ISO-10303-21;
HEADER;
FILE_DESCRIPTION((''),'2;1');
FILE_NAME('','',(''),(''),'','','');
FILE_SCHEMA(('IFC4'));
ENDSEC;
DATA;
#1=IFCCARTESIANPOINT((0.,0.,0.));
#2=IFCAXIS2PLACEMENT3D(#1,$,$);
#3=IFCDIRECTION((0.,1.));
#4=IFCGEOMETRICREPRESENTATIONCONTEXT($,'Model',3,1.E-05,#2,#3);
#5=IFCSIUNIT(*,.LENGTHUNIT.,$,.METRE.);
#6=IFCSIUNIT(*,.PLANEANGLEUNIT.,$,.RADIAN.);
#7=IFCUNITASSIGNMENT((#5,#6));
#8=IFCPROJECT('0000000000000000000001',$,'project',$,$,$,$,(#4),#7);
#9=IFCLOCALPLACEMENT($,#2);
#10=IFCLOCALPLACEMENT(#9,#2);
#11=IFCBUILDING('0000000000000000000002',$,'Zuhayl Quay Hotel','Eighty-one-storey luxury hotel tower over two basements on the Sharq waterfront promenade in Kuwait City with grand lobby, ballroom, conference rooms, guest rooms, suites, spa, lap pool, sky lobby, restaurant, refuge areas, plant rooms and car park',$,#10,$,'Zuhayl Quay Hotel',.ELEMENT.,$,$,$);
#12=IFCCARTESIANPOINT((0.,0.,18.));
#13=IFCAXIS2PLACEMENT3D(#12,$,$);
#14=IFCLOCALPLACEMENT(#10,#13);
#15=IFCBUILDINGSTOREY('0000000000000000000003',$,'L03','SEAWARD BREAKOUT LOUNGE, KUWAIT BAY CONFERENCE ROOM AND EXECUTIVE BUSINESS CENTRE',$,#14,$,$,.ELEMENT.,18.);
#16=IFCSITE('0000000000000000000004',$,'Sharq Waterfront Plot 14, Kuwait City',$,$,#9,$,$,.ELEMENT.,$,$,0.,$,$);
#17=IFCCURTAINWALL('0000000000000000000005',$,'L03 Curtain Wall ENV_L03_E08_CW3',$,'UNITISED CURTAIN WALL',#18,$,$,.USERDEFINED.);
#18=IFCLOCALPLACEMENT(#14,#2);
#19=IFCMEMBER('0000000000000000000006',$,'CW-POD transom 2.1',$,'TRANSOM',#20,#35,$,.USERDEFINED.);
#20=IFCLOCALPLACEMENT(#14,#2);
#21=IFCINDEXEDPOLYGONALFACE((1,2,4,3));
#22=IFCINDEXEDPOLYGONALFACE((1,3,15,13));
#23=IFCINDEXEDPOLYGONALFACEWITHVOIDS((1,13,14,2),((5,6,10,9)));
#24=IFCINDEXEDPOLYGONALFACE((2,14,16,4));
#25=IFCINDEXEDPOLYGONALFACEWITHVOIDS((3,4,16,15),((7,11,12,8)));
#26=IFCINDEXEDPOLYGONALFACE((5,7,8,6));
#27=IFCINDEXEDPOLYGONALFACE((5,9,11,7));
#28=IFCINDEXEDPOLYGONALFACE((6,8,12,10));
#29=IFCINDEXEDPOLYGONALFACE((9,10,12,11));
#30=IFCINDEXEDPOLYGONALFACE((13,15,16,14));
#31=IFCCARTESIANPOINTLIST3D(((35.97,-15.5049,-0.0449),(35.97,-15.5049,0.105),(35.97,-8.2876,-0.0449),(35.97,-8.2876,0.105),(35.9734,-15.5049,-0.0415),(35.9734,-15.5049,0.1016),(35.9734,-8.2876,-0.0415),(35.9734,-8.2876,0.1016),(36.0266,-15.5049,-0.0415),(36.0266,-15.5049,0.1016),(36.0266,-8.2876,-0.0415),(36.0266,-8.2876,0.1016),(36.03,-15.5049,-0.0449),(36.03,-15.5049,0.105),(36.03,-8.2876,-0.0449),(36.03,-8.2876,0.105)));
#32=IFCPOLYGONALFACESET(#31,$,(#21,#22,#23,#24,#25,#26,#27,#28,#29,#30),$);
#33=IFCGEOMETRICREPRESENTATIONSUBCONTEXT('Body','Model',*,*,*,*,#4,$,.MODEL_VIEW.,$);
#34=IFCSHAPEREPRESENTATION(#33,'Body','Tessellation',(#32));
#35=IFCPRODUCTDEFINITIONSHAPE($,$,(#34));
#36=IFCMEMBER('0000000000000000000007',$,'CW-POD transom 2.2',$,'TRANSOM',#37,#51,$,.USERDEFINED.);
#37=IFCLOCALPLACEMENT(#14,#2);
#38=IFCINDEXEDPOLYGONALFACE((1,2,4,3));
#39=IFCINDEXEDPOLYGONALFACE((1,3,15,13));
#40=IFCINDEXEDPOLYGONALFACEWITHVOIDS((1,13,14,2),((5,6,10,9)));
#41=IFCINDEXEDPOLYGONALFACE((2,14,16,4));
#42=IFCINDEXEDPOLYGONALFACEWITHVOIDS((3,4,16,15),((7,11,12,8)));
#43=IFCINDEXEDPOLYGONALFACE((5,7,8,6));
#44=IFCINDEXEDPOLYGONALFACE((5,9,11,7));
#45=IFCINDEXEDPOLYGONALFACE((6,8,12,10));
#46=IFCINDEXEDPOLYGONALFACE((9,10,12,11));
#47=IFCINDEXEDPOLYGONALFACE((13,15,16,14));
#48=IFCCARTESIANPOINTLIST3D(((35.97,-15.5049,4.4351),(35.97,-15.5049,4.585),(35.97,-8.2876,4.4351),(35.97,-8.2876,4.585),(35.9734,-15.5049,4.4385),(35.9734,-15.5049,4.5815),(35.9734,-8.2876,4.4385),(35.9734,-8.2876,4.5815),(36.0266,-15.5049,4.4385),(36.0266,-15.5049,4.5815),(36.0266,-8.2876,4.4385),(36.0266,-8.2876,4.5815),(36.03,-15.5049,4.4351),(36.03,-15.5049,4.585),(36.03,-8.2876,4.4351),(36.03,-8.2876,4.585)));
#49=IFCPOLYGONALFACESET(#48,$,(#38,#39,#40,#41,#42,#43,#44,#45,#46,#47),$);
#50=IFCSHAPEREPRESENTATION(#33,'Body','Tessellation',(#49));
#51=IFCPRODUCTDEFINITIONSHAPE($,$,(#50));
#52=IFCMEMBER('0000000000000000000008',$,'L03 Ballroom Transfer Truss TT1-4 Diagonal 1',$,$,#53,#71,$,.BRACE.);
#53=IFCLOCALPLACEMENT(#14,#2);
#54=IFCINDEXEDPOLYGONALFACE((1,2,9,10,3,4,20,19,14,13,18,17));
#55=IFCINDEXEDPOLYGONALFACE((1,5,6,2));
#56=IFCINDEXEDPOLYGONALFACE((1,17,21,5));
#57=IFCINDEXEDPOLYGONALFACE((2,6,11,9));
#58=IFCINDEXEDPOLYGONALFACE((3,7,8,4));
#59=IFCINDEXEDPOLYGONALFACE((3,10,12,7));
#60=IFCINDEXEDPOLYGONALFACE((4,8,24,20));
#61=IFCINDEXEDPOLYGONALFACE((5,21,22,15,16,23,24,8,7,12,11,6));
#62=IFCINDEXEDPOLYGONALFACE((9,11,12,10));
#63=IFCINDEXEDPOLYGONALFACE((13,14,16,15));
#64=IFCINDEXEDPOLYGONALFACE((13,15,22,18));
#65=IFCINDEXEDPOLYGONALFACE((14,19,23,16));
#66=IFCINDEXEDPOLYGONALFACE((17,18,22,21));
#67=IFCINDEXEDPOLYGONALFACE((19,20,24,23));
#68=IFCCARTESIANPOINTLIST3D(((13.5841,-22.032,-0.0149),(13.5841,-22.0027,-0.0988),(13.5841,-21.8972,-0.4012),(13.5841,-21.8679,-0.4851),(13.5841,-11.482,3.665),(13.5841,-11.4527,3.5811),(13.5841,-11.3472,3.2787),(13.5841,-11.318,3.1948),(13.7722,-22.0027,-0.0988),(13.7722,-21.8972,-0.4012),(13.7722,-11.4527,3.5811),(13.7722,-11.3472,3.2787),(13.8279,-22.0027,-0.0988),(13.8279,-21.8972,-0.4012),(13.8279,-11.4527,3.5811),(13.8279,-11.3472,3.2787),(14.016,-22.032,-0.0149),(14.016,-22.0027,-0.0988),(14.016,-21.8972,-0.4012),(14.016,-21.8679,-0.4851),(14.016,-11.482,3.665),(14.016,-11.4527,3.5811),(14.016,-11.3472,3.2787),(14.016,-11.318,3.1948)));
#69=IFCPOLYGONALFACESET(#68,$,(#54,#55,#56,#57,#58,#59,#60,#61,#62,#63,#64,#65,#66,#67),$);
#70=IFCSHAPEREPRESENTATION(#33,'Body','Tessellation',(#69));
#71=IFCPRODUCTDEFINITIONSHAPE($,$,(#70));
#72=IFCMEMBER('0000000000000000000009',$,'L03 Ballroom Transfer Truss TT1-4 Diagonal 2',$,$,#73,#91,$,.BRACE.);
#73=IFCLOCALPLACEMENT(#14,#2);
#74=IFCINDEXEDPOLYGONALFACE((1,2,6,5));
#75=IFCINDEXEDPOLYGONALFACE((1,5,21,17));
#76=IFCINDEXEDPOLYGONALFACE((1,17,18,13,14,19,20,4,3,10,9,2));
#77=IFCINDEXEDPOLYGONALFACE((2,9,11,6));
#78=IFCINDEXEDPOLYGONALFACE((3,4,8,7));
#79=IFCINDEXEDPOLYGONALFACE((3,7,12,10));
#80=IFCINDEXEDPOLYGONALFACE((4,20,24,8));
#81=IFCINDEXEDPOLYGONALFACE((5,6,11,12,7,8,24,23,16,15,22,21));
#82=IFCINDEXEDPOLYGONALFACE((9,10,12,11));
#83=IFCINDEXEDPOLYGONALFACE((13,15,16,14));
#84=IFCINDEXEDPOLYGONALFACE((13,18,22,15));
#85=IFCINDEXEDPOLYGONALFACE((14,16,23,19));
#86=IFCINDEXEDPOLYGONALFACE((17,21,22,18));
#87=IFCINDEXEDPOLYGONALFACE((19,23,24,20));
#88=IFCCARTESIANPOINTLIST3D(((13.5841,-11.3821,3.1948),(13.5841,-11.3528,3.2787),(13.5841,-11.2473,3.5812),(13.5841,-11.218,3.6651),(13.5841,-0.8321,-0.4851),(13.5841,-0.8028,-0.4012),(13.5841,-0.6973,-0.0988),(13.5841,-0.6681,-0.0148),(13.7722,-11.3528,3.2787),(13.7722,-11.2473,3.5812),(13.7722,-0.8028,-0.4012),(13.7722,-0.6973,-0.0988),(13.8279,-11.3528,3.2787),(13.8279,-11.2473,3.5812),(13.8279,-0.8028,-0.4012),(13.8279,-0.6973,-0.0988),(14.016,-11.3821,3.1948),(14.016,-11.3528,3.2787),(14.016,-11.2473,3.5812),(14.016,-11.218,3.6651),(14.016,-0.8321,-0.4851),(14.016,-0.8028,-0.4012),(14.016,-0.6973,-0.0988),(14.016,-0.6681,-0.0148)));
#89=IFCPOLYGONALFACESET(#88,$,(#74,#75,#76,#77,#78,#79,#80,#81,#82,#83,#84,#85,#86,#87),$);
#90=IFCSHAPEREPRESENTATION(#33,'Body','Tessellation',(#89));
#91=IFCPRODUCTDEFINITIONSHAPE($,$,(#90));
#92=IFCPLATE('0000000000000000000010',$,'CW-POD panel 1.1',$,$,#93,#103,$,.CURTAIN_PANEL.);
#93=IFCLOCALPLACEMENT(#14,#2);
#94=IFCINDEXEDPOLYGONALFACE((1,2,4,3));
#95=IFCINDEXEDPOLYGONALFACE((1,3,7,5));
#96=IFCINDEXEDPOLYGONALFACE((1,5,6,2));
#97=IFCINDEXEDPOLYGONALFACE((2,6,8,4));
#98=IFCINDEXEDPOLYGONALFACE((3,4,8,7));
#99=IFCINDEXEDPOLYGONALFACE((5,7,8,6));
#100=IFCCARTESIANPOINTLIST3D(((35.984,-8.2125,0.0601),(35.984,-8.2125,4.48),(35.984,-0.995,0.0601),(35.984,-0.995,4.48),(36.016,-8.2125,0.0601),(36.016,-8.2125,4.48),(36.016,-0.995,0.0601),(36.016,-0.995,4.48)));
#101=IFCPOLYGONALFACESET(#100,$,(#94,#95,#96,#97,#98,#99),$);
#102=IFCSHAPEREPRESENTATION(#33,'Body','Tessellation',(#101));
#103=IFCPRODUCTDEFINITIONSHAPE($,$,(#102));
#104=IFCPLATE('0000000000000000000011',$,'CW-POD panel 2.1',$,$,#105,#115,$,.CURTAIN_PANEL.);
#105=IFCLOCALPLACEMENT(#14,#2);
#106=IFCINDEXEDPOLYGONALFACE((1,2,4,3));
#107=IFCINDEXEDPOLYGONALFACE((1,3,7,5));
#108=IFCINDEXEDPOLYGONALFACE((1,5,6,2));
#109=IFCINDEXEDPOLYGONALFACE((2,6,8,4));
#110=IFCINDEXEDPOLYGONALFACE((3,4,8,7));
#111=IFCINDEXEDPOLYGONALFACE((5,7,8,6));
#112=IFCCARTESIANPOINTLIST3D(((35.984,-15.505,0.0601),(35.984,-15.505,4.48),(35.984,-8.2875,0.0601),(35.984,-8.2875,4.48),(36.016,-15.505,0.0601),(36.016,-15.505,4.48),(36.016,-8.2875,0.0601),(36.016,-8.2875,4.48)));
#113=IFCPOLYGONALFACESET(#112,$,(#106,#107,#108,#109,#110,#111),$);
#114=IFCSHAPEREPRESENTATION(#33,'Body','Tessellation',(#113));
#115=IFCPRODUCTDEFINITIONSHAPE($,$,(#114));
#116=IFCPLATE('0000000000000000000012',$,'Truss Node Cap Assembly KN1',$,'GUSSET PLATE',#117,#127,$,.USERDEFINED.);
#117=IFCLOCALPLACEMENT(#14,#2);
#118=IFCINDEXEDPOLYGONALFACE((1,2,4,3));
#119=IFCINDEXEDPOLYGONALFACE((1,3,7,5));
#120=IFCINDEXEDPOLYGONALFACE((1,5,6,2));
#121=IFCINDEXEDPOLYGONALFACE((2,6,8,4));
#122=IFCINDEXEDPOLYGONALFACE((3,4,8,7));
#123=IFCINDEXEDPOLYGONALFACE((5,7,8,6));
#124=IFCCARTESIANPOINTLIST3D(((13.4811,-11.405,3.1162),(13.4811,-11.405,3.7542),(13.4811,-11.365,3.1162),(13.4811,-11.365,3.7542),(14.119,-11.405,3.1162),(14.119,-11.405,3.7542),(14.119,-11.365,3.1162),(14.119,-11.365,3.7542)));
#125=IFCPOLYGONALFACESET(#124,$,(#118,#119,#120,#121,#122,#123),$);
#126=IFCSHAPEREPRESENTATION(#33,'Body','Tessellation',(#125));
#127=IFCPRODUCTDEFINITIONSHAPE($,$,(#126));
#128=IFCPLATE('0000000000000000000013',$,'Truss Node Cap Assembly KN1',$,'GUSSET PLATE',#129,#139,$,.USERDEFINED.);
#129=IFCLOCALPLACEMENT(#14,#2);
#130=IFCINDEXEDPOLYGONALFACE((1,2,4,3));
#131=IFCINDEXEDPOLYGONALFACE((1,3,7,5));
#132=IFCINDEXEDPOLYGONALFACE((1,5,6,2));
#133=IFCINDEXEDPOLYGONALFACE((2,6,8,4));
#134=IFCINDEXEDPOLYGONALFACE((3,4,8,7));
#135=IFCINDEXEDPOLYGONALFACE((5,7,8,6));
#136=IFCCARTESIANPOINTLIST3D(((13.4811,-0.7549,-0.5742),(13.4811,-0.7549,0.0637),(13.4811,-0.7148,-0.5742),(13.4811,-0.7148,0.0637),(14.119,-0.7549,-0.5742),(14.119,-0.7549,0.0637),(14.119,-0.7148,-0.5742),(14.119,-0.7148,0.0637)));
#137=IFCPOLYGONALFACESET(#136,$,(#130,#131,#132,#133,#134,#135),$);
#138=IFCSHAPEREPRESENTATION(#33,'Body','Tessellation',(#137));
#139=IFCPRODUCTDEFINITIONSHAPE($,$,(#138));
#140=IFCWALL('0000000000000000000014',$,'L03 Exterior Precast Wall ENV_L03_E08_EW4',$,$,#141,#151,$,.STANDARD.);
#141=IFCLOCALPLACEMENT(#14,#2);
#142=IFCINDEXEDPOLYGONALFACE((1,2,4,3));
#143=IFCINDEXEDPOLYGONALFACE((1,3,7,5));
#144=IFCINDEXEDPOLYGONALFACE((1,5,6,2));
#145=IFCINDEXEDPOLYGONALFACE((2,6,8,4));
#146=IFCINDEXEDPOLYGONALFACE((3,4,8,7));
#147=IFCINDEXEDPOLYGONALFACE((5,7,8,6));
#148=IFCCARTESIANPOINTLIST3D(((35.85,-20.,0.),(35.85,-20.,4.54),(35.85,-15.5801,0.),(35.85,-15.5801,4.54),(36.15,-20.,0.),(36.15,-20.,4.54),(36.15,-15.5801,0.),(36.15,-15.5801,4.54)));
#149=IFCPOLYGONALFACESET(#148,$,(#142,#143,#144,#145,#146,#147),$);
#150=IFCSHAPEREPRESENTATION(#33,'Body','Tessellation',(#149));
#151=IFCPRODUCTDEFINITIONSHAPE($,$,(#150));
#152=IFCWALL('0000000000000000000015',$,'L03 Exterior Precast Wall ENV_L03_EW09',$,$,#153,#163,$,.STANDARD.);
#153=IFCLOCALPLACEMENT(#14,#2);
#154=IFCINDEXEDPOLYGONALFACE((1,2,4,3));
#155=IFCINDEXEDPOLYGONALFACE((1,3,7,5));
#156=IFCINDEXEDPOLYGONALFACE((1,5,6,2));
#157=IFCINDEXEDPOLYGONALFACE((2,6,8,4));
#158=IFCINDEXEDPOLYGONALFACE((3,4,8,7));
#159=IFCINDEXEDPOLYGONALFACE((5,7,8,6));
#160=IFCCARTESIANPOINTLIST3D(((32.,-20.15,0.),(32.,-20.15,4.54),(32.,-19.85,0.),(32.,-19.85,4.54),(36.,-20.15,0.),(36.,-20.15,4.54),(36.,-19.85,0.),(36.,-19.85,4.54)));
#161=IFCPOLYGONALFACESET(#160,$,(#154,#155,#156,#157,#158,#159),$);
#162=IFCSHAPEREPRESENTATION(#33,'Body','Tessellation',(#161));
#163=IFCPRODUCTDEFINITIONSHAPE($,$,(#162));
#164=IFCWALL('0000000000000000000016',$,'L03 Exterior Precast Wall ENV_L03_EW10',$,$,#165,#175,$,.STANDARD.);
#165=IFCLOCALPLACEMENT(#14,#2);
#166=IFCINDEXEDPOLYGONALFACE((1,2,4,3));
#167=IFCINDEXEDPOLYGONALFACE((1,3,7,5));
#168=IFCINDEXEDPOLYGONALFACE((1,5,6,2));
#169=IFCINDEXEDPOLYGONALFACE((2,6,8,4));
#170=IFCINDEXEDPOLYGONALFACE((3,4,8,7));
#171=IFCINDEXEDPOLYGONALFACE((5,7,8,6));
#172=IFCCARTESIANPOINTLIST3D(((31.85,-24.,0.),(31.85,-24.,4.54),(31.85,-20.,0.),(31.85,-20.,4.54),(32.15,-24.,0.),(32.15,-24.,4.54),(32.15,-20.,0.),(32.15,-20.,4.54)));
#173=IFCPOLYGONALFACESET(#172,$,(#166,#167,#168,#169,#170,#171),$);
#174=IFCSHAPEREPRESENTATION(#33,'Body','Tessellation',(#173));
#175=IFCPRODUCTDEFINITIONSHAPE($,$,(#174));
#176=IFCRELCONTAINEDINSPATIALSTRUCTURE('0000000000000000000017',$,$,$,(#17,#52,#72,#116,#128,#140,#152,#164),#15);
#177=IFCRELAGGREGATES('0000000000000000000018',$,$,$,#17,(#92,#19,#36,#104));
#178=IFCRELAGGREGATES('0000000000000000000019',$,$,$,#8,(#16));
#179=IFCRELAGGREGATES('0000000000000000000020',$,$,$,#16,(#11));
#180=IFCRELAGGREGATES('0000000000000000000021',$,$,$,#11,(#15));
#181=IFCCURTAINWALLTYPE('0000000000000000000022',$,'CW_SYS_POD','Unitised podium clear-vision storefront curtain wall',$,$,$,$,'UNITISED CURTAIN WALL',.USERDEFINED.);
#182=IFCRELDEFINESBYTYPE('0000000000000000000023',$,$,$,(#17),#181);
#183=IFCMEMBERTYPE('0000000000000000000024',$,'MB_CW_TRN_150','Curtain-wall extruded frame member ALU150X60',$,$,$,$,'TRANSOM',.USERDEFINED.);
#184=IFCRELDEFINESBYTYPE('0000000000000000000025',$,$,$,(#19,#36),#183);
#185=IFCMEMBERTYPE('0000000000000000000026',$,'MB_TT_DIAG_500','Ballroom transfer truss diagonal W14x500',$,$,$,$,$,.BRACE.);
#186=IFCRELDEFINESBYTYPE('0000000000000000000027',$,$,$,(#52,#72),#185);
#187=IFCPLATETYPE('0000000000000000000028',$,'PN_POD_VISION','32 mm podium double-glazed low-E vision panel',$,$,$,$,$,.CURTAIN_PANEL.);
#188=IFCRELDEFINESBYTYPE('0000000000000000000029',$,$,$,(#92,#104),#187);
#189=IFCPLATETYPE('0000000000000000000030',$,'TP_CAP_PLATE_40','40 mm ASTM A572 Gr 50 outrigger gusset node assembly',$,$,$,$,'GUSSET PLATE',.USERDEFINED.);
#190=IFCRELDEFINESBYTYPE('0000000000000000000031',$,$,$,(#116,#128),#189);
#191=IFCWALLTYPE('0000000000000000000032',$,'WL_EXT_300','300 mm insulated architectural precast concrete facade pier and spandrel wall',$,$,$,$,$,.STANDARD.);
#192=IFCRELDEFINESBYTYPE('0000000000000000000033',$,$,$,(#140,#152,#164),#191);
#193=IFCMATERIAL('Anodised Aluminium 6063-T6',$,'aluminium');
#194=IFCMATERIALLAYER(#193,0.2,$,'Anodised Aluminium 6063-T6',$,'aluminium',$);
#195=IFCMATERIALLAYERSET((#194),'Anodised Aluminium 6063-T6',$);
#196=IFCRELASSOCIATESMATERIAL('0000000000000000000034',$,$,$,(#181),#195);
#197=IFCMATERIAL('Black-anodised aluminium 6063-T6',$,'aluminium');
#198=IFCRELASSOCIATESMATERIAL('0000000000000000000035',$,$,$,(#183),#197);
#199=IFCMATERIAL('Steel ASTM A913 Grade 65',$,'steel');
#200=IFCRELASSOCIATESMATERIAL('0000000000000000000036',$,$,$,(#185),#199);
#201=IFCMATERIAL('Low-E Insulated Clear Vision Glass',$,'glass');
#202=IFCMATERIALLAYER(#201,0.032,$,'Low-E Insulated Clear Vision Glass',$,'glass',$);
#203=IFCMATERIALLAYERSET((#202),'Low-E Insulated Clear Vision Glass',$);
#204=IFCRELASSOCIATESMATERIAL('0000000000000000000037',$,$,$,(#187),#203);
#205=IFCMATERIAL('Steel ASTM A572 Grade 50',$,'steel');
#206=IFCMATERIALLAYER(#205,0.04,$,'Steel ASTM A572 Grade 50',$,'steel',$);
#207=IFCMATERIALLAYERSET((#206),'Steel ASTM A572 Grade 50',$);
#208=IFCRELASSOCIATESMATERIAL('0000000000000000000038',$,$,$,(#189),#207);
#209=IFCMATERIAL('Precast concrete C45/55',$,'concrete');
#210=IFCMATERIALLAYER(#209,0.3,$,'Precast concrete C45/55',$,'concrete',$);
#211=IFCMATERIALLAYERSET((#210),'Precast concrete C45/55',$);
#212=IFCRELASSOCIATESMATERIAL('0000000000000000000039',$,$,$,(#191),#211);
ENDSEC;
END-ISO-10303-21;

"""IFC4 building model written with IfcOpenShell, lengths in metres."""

from ifc_helpers import new_model, si_unit, direction, frame, frame_2d, origin, origin_2d, place, context, subcontext, project, spatial, rectangle, hollow_rectangle, i_section, extrude, material, layer, layer_set, material_profile, profile_set, type_object, element, aggregate, save


model = new_model("IFC4")

# Units and contexts
model_context = context("Model", 3, precision=1e-05, world=origin(), true_north=direction((0.0, 1.0)))
body_context = subcontext(model_context, "Body", "Model", "MODEL_VIEW")
ifc_project = project(units=[si_unit("LENGTHUNIT", "METRE"), si_unit("PLANEANGLEUNIT", "RADIAN")], contexts=[model_context])

# Site, building, storey
site_placement = place(None, origin())
site = spatial("IfcSite", under=ifc_project, at=site_placement, Name="Sharq Waterfront Plot 14, Kuwait City", CompositionType="ELEMENT", RefElevation=0.0)
building_placement = place(site_placement, origin())
building = spatial("IfcBuilding", under=site, at=building_placement, Name="Zuhayl Quay Hotel", Description="Eighty-one-storey luxury hotel tower over two basements on the Sharq waterfront promenade in Kuwait City with grand lobby, ballroom, conference rooms, guest rooms, suites, spa, lap pool, sky lobby, restaurant, refuge areas, plant rooms and car park", LongName="Zuhayl Quay Hotel", CompositionType="ELEMENT")
storey_placement = place(building_placement, frame((0.0, 0.0, 18.0)))
storey = spatial("IfcBuildingStorey", under=building, at=storey_placement, Name="L03", Description="SEAWARD BREAKOUT LOUNGE, KUWAIT BAY CONFERENCE ROOM AND EXECUTIVE BUSINESS CENTRE", CompositionType="ELEMENT", Elevation=18.0)

# Shared definitions
ifc_material_1 = material(Name="Steel ASTM A913 Grade 65", Category="steel")

# Curtain wall, members
ifc_material_2 = material(Name="Anodised Aluminium 6063-T6", Category="aluminium")
ifc_layer_1 = layer(ifc_material_2, 0.2, Name="Anodised Aluminium 6063-T6", Category="aluminium")
ifc_layer_set_1 = layer_set([ifc_layer_1], Name="Anodised Aluminium 6063-T6")
curtain_wall_type = type_object("IfcCurtainWallType", Name="CW_SYS_POD", Description="Unitised podium clear-vision storefront curtain wall", ElementType="UNITISED CURTAIN WALL", PredefinedType="USERDEFINED", material=ifc_layer_set_1)
curtain_wall_placement = place(storey_placement, origin())
curtain_wall = element("IfcCurtainWall", 1, at=curtain_wall_placement, inside=storey, type_object=curtain_wall_type, Name="L03 Curtain Wall ENV_L03_E08_CW3", ObjectType="UNITISED CURTAIN WALL", PredefinedType="USERDEFINED")
ifc_material_3 = material(Name="Black-anodised aluminium 6063-T6", Category="aluminium")
ifc_material_profile_1 = material_profile(ifc_material_3, hollow_rectangle(XDim=0.0601, YDim=0.1499, WallThickness=0.0034, at=origin_2d()), Name="ALU150X60")
ifc_profile_set_1 = profile_set([ifc_material_profile_1], Name="Black-anodised aluminium 6063-T6")
member_type_1 = type_object("IfcMemberType", Name="MB_CW_TRN_150", Description="Curtain-wall extruded frame member ALU150X60", ElementType="TRANSOM", PredefinedType="USERDEFINED", material=ifc_profile_set_1)
member_1_placement = place(storey_placement, frame((36.0, -8.2876, 0.03), z_axis=(0.0, -1.0, 0.0), x_axis=(1.0, 0.0, 0.0)))
member_1 = element("IfcMember", 2, at=member_1_placement, type_object=member_type_1, Name="CW-POD transom 2.1", ObjectType="TRANSOM", PredefinedType="USERDEFINED", context=body_context, shape_type="SweptSolid", body=[
    extrude(hollow_rectangle(XDim=0.0601, YDim=0.1499, WallThickness=0.0034, at=origin_2d()), origin(), (0.0, 0.0, 1.0), 7.2173),
])
member_2_placement = place(storey_placement, frame((36.0, -8.2876, 4.51), z_axis=(0.0, -1.0, 0.0), x_axis=(1.0, 0.0, 0.0)))
member_2 = element("IfcMember", 3, at=member_2_placement, type_object=member_type_1, Name="CW-POD transom 2.2", ObjectType="TRANSOM", PredefinedType="USERDEFINED", context=body_context, shape_type="SweptSolid", body=[
    extrude(hollow_rectangle(XDim=0.0601, YDim=0.1499, WallThickness=0.0034, at=origin_2d()), origin(), (0.0, 0.0, 1.0), 7.2173),
])

# Members
ifc_material_profile_2 = material_profile(ifc_material_1, i_section(OverallWidth=0.4319, OverallDepth=0.498, WebThickness=0.0557, FlangeThickness=0.0889, at=origin_2d()), Name="W14X500")
ifc_profile_set_2 = profile_set([ifc_material_profile_2], Name="Steel ASTM A913 Grade 65")
member_type_2 = type_object("IfcMemberType", Name="MB_TT_DIAG_500", Description="Ballroom transfer truss diagonal W14x500", PredefinedType="BRACE", material=ifc_profile_set_2)
for number, where, z_axis, x_axis, name in (
    (4, (13.8, -21.95, -0.25), (0.0, 0.944209, 0.329347), (-1.0, 0.0, 0.0), "L03 Ballroom Transfer Truss TT1-4 Diagonal 1"),
    (5, (13.8, -11.3, 3.4299), (0.0, 0.944209, -0.329347), (-1.0, 0.0, 0.0), "L03 Ballroom Transfer Truss TT1-4 Diagonal 2"),
):
    element("IfcMember", number, at=place(storey_placement, frame(where, z_axis=z_axis, x_axis=x_axis)), inside=storey, type_object=member_type_2, Name=name, PredefinedType="BRACE", context=body_context, shape_type="SweptSolid", body=[
        extrude(i_section(OverallWidth=0.4319, OverallDepth=0.498, WebThickness=0.0557, FlangeThickness=0.0889, at=origin_2d()), origin(), (0.0, 0.0, 1.0), 11.1733),
    ])

# Plates
ifc_material_4 = material(Name="Low-E Insulated Clear Vision Glass", Category="glass")
ifc_layer_2 = layer(ifc_material_4, 0.032, Name="Low-E Insulated Clear Vision Glass", Category="glass")
ifc_layer_set_2 = layer_set([ifc_layer_2], Name="Low-E Insulated Clear Vision Glass")
plate_type_1 = type_object("IfcPlateType", Name="PN_POD_VISION", Description="32 mm podium double-glazed low-E vision panel", PredefinedType="CURTAIN_PANEL", material=ifc_layer_set_2)
plate_1_placement = place(storey_placement, frame((36.0, -4.6038, 0.0601), z_axis=(0.0, 0.0, 1.0), x_axis=(0.0, -1.0, 0.0)))
plate_1 = element("IfcPlate", 6, at=plate_1_placement, type_object=plate_type_1, Name="CW-POD panel 1.1", PredefinedType="CURTAIN_PANEL", context=body_context, shape_type="SweptSolid", body=[
    extrude(rectangle(XDim=7.2175, YDim=0.032, at=origin_2d()), origin(), (0.0, 0.0, 1.0), 4.4199),
])
plate_2_placement = place(storey_placement, frame((36.0, -11.8962, 0.0601), z_axis=(0.0, 0.0, 1.0), x_axis=(0.0, -1.0, 0.0)))
plate_2 = element("IfcPlate", 7, at=plate_2_placement, type_object=plate_type_1, Name="CW-POD panel 2.1", PredefinedType="CURTAIN_PANEL", context=body_context, shape_type="SweptSolid", body=[
    extrude(rectangle(XDim=7.2175, YDim=0.032, at=origin_2d()), origin(), (0.0, 0.0, 1.0), 4.4199),
])
aggregate(curtain_wall, [plate_1, member_1, member_2, plate_2])

# Plates
ifc_material_5 = material(Name="Steel ASTM A572 Grade 50", Category="steel")
ifc_layer_3 = layer(ifc_material_5, 0.04, Name="Steel ASTM A572 Grade 50", Category="steel")
ifc_layer_set_3 = layer_set([ifc_layer_3], Name="Steel ASTM A572 Grade 50")
plate_type_2 = type_object("IfcPlateType", Name="TP_CAP_PLATE_40", Description="40 mm ASTM A572 Gr 50 outrigger gusset node assembly", ElementType="GUSSET PLATE", PredefinedType="USERDEFINED", material=ifc_layer_set_3)
for number, where, z_axis, x_axis, name in (
    (8, (13.8, -11.385, 3.1162), (0.0, 0.0, 1.0), (0.0, 1.0, 0.0), "Truss Node Cap Assembly KN1"),
    (9, (13.8, -0.7349, -0.5742), (0.0, 0.0, 1.0), (0.0, 1.0, 0.0), "Truss Node Cap Assembly KN1"),
):
    element("IfcPlate", number, at=place(storey_placement, frame(where, z_axis=z_axis, x_axis=x_axis)), inside=storey, type_object=plate_type_2, Name=name, ObjectType="GUSSET PLATE", PredefinedType="USERDEFINED", context=body_context, shape_type="SweptSolid", body=[
        extrude(rectangle(XDim=0.04, YDim=0.6379, at=origin_2d()), origin(), (0.0, 0.0, 1.0), 0.6379),
    ])

# Walls
ifc_material_6 = material(Name="Precast concrete C45/55", Category="concrete")
ifc_layer_4 = layer(ifc_material_6, 0.3, Name="Precast concrete C45/55", Category="concrete")
ifc_layer_set_4 = layer_set([ifc_layer_4], Name="Precast concrete C45/55")
wall_type_1 = type_object("IfcWallType", Name="WL_EXT_300", Description="300 mm insulated architectural precast concrete facade pier and spandrel wall", PredefinedType="STANDARD", material=ifc_layer_set_4)
wall_1_placement = place(storey_placement, frame((36.0, -15.5801, 0.0), z_axis=(0.0, 0.0, 1.0), x_axis=(0.0, -1.0, 0.0)))
element("IfcWall", 10, at=wall_1_placement, inside=storey, type_object=wall_type_1, Name="L03 Exterior Precast Wall ENV_L03_E08_EW4", PredefinedType="STANDARD", context=body_context, shape_type="SweptSolid", body=[
    extrude(rectangle(XDim=4.4199, YDim=0.3, at=frame_2d((2.21, 0.0))), origin(), (0.0, 0.0, 1.0), 4.54),
])
for number, where, z_axis, x_axis, name in (
    (11, (36.0, -20.0, 0.0), (0.0, 0.0, 1.0), (-1.0, 0.0, 0.0), "L03 Exterior Precast Wall ENV_L03_EW09"),
    (12, (32.0, -20.0, 0.0), (0.0, 0.0, 1.0), (0.0, -1.0, 0.0), "L03 Exterior Precast Wall ENV_L03_EW10"),
):
    element("IfcWall", number, at=place(storey_placement, frame(where, z_axis=z_axis, x_axis=x_axis)), inside=storey, type_object=wall_type_1, Name=name, PredefinedType="STANDARD", context=body_context, shape_type="SweptSolid", body=[
        extrude(rectangle(XDim=4.0, YDim=0.3, at=frame_2d((2.0, 0.0))), origin(), (0.0, 0.0, 1.0), 4.54),
    ])

save(model, "model.ifc")
